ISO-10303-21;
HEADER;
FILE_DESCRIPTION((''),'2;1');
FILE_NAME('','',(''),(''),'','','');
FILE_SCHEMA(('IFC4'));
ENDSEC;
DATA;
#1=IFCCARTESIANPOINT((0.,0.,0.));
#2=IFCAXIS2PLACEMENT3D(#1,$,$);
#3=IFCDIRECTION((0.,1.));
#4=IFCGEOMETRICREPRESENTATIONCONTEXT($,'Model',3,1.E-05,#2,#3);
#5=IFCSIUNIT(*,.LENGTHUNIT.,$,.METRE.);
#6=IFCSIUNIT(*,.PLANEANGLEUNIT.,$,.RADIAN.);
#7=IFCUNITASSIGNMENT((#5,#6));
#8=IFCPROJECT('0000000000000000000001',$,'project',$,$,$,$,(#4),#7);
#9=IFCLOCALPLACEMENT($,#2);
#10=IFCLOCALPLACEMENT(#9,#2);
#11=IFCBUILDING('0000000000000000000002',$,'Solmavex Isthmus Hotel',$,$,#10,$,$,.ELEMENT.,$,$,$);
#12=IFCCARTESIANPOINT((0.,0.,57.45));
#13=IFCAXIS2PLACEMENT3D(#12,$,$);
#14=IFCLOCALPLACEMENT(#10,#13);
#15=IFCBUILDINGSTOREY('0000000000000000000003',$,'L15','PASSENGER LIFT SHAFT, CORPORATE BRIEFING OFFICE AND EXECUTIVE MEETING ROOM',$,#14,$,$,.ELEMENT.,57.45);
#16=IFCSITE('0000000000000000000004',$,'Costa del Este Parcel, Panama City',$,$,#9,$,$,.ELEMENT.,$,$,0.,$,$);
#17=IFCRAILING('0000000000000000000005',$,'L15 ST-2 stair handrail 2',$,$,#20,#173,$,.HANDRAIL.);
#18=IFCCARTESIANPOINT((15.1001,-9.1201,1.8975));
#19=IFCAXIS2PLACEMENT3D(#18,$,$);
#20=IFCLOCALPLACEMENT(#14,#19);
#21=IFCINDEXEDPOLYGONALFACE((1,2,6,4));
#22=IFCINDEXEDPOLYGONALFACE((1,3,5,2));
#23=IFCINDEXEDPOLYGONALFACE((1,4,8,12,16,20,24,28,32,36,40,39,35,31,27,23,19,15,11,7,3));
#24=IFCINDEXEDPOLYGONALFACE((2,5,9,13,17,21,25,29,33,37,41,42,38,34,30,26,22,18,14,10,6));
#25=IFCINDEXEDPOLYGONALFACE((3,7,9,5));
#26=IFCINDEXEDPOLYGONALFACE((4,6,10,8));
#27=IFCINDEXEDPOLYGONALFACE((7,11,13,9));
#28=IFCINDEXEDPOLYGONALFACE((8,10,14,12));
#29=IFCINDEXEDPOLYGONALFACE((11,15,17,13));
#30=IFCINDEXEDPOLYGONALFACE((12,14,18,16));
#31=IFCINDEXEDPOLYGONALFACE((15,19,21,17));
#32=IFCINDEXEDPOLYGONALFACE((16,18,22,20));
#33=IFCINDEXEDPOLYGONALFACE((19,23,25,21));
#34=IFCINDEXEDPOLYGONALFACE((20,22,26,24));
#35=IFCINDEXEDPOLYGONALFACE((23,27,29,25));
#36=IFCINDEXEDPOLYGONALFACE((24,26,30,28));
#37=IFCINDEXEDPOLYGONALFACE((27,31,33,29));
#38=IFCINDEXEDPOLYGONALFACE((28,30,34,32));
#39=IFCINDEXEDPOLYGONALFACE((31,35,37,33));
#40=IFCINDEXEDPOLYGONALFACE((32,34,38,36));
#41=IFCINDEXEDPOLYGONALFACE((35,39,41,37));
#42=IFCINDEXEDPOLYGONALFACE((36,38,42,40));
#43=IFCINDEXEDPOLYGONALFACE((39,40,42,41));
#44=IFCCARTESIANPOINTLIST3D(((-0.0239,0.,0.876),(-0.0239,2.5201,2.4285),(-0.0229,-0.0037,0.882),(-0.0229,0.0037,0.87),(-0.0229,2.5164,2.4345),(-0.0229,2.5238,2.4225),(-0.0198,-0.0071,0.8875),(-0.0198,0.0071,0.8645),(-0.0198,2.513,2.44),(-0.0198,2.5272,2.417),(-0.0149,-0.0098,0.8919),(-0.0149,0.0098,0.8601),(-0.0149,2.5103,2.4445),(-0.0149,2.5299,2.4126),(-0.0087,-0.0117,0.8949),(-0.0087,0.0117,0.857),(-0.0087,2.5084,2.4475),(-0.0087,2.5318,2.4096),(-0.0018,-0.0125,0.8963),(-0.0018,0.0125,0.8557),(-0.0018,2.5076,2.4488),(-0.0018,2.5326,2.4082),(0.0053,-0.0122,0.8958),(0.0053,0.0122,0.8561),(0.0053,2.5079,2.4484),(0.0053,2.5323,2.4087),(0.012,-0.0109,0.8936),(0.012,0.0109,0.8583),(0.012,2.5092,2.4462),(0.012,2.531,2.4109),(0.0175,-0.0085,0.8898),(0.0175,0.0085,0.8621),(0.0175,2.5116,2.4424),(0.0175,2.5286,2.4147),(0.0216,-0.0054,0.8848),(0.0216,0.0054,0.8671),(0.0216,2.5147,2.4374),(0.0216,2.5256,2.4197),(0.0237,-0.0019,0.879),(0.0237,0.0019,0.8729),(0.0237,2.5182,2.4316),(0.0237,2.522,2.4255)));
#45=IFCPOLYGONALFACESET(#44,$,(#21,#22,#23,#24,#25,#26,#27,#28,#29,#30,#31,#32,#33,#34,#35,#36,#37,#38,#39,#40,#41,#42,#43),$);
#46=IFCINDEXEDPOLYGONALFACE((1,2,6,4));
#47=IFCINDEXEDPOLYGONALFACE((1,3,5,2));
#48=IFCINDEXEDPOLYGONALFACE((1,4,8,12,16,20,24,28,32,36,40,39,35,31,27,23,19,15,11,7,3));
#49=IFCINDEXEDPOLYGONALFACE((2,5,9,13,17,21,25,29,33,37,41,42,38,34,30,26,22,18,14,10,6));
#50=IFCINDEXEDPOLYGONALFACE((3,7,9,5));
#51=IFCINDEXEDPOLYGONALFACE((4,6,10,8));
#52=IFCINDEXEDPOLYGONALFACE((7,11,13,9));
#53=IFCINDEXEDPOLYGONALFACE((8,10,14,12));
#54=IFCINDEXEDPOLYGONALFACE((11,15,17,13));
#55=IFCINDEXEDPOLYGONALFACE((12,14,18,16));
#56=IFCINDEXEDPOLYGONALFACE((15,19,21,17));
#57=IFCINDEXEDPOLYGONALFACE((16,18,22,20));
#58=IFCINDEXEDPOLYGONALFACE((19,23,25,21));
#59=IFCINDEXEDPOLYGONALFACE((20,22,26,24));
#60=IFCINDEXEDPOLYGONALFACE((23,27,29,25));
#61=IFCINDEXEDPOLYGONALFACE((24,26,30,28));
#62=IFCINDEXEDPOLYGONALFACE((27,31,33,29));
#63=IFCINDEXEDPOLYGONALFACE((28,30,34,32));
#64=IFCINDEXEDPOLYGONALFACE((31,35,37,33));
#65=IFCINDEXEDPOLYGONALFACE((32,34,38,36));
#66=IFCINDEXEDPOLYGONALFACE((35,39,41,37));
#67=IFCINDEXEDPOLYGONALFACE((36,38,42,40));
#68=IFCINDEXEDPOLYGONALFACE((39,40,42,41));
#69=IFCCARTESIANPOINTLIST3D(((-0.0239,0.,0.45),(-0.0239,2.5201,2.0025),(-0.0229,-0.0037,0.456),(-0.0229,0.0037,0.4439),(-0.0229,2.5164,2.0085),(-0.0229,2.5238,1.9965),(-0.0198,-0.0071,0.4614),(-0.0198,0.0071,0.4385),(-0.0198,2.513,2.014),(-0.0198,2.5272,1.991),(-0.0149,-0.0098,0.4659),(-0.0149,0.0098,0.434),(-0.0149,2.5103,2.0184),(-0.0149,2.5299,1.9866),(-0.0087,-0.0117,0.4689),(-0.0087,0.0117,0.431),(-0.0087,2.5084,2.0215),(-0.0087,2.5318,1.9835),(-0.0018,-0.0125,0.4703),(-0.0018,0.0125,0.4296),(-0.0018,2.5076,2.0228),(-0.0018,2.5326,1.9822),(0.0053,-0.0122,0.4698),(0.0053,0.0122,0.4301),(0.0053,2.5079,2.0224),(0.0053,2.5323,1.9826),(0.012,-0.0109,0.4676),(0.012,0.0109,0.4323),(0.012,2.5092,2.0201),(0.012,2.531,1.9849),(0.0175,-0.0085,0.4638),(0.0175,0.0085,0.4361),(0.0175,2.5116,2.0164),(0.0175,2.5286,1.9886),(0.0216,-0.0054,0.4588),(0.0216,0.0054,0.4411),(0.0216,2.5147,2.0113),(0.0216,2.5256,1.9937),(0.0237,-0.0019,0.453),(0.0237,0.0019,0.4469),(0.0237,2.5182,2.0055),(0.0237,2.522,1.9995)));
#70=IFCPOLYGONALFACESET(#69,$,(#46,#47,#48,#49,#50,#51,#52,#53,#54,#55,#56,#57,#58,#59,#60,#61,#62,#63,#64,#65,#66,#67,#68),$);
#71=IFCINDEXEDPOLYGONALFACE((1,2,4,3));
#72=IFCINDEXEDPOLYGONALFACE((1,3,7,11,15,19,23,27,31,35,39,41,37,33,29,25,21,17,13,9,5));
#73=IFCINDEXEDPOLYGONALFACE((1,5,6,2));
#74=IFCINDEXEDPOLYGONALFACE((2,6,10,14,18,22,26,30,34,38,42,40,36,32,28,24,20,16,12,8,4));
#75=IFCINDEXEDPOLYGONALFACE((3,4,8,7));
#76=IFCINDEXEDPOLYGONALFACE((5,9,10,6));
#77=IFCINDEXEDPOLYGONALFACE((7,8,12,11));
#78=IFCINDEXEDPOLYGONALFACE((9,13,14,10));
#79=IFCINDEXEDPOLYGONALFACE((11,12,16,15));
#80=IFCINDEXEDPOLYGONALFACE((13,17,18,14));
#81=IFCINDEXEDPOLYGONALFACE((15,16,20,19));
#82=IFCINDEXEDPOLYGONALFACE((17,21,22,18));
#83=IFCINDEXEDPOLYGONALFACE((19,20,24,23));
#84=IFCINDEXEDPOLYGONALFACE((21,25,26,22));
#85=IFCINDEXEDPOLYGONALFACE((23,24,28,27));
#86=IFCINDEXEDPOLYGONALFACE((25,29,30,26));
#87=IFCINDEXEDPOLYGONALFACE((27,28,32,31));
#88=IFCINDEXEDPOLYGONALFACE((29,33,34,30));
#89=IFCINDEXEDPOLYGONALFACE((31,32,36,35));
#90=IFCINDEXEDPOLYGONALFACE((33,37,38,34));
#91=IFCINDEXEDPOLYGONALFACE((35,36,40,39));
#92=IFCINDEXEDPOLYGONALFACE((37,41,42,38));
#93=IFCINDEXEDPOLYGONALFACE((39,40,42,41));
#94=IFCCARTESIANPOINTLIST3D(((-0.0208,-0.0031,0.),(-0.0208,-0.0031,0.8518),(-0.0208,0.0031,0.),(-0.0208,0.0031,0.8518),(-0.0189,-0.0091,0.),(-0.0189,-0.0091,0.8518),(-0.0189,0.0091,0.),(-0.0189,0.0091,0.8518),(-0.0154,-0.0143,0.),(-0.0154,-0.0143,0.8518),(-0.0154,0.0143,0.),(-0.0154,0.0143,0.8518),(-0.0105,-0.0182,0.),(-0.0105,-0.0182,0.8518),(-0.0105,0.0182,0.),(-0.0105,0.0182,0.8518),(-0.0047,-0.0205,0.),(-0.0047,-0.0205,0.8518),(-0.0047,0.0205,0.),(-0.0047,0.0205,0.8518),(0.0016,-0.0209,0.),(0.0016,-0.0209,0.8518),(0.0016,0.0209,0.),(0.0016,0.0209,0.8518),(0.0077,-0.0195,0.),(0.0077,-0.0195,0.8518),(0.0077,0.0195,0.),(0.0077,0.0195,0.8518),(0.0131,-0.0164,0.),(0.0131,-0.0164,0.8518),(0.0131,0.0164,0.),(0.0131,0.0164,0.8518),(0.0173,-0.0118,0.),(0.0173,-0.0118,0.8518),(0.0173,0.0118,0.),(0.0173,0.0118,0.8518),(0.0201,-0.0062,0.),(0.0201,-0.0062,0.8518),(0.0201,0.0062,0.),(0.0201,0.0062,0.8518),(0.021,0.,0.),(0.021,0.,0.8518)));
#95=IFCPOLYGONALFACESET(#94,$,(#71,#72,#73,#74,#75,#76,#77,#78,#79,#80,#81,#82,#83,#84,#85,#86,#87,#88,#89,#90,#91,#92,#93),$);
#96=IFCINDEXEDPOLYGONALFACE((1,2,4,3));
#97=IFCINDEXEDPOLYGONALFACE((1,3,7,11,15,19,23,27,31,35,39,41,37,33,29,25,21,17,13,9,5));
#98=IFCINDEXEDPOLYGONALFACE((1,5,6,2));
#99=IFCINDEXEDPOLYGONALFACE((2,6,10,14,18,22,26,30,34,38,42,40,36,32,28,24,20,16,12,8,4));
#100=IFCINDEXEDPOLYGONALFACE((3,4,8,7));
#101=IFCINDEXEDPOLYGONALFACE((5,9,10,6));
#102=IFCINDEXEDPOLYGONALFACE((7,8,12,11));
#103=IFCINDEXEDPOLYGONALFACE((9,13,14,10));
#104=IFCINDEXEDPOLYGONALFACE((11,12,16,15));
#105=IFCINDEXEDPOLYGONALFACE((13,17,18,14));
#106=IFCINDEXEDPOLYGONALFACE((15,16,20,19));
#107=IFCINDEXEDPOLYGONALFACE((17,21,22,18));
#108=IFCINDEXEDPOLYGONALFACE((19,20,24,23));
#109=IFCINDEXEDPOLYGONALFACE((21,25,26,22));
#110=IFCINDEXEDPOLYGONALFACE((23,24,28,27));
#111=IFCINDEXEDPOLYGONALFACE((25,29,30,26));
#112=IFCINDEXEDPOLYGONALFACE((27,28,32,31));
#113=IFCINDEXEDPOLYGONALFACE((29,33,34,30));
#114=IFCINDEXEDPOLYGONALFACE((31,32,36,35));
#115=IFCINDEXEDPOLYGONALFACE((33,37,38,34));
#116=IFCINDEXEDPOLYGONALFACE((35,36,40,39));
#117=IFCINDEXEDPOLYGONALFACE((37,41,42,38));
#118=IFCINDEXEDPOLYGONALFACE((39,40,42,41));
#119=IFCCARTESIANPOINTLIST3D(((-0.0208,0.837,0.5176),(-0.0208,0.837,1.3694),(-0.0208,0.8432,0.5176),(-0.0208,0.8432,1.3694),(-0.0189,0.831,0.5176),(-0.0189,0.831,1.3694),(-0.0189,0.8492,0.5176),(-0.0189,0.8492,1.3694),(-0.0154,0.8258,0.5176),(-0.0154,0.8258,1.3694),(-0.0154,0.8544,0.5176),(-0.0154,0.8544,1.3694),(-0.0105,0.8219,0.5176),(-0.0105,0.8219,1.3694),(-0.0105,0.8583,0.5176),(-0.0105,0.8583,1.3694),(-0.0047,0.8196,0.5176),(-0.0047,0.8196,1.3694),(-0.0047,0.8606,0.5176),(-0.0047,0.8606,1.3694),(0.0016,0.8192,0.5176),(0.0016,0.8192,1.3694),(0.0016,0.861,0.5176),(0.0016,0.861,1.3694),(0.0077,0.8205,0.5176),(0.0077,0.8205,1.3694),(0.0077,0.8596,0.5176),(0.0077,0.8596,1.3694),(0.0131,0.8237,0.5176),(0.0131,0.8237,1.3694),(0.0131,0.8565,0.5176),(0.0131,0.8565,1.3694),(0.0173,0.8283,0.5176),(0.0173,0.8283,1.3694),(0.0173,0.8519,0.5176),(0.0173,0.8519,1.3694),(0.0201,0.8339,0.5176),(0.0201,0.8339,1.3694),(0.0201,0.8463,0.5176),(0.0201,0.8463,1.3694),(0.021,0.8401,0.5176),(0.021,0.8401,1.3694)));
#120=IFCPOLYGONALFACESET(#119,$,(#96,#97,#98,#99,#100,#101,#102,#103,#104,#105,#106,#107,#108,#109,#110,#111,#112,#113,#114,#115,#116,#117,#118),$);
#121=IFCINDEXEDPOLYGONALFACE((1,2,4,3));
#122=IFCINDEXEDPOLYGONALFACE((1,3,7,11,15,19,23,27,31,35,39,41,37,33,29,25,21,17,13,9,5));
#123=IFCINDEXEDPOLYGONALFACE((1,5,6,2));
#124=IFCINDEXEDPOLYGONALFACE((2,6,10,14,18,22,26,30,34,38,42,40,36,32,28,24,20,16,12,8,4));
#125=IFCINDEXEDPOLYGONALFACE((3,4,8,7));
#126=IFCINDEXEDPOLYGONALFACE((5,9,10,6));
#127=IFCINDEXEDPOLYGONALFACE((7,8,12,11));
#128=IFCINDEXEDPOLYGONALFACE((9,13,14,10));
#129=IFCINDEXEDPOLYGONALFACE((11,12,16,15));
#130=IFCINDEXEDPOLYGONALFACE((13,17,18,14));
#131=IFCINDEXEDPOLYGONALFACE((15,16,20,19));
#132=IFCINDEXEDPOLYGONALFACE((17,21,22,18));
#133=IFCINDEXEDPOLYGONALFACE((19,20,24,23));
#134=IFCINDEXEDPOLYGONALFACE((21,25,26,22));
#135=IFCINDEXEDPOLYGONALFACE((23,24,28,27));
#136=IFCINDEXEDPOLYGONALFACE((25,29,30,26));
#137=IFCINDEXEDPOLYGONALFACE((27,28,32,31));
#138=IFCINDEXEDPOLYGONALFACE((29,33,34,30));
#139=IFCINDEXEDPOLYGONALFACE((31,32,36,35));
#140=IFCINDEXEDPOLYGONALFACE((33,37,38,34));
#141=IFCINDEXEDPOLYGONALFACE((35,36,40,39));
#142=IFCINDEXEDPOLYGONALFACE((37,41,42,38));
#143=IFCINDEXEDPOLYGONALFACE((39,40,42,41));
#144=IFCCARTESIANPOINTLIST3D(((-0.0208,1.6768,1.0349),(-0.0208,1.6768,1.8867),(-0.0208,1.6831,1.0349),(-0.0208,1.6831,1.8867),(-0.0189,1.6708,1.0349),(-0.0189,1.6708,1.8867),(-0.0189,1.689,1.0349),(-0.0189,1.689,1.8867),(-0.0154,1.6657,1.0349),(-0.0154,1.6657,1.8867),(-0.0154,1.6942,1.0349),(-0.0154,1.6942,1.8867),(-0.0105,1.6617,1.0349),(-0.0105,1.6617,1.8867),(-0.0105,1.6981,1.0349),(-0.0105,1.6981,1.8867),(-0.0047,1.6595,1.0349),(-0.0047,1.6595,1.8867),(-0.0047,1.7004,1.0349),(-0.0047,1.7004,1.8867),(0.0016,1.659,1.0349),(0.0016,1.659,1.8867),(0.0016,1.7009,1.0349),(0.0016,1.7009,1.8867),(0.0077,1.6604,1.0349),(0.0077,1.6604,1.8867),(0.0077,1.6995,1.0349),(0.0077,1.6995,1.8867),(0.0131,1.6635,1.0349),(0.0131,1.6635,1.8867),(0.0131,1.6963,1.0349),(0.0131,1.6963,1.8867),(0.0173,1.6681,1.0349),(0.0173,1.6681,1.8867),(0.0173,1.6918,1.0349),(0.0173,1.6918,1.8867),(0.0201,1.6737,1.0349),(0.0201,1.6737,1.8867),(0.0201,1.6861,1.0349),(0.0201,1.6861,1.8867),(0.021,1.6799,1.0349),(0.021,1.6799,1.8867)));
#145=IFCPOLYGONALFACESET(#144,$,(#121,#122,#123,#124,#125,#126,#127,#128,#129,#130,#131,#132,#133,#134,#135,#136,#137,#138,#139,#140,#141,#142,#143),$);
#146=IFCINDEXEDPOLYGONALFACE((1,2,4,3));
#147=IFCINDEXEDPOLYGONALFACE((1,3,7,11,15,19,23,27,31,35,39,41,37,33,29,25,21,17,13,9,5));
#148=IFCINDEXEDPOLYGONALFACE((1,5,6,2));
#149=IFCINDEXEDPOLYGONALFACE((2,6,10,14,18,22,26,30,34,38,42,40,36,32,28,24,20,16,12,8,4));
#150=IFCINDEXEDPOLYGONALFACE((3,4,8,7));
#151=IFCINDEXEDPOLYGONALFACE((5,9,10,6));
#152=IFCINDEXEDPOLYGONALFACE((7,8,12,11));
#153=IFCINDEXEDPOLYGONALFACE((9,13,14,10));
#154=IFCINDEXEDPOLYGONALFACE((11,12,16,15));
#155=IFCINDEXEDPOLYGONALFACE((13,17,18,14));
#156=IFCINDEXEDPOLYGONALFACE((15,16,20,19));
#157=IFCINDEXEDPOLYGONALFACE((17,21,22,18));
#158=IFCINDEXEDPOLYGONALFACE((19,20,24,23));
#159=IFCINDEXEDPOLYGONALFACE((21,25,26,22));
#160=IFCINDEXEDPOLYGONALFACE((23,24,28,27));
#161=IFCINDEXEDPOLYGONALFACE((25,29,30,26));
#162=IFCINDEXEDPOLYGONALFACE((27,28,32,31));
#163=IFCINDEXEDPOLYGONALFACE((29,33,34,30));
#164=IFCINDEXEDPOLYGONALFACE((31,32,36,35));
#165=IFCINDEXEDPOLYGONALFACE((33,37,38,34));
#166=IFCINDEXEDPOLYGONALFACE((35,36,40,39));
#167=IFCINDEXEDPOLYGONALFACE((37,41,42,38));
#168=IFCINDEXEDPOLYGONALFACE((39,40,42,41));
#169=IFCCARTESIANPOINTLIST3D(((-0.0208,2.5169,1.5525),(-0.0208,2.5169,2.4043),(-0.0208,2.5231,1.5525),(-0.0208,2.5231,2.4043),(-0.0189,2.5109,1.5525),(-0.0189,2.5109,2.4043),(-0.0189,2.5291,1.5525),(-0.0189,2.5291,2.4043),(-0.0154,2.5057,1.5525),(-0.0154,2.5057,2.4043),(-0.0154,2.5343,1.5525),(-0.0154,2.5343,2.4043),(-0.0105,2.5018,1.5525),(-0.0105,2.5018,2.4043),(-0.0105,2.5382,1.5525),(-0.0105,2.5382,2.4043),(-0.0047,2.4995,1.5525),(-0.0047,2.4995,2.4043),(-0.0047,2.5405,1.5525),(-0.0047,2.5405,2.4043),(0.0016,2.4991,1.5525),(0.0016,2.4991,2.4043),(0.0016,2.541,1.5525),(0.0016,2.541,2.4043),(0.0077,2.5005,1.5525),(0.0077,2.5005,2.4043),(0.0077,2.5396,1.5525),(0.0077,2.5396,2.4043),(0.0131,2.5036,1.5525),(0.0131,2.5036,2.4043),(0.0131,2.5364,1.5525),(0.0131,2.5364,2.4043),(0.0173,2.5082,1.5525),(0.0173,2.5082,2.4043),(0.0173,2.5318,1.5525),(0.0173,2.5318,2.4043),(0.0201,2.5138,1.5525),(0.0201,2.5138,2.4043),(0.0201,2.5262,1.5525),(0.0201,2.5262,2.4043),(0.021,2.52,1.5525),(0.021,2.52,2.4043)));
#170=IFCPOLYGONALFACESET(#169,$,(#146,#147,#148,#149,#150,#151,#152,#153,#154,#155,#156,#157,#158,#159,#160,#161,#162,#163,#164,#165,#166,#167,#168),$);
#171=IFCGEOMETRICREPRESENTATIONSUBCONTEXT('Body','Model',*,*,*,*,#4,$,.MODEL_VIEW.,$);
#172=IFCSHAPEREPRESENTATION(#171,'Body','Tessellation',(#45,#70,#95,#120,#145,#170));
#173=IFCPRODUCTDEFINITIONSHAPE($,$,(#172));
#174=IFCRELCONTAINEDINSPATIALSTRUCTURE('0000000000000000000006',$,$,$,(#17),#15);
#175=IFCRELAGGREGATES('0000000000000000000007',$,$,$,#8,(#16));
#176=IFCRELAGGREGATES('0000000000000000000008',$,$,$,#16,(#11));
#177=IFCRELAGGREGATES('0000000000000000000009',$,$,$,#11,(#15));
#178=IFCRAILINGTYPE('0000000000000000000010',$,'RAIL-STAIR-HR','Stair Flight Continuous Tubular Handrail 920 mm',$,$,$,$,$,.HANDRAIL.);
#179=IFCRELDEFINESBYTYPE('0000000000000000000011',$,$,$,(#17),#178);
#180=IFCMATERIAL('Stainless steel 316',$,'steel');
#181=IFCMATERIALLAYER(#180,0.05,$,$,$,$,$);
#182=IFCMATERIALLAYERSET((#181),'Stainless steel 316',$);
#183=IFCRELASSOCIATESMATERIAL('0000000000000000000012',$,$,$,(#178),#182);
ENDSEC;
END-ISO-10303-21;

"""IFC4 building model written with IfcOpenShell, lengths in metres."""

from ifc_helpers import new_model, si_unit, direction, frame, origin, origin_2d, place, context, subcontext, project, spatial, circle, extrude, material, layer, layer_set, type_object, element, save


model = new_model("IFC4")

# Units and contexts
model_context = context("Model", 3, precision=1e-05, world=origin(), true_north=direction((0.0, 1.0)))
body_context = subcontext(model_context, "Body", "Model", "MODEL_VIEW")
ifc_project = project(units=[si_unit("LENGTHUNIT", "METRE"), si_unit("PLANEANGLEUNIT", "RADIAN")], contexts=[model_context])

# Site, building, storey
site_placement = place(None, origin())
site = spatial("IfcSite", under=ifc_project, at=site_placement, Name="Costa del Este Parcel, Panama City", CompositionType="ELEMENT", RefElevation=0.0)
building_placement = place(site_placement, origin())
building = spatial("IfcBuilding", under=site, at=building_placement, Name="Solmavex Isthmus Hotel", CompositionType="ELEMENT")
storey_placement = place(building_placement, frame((0.0, 0.0, 57.45)))
storey = spatial("IfcBuildingStorey", under=building, at=storey_placement, Name="L15", Description="PASSENGER LIFT SHAFT, CORPORATE BRIEFING OFFICE AND EXECUTIVE MEETING ROOM", CompositionType="ELEMENT", Elevation=57.45)

# Railing
ifc_material_1 = material(Name="Stainless steel 316", Category="steel")
ifc_layer_1 = layer(ifc_material_1, 0.05)
ifc_layer_set_1 = layer_set([ifc_layer_1], Name="Stainless steel 316")
railing_type_1 = type_object("IfcRailingType", Name="RAIL-STAIR-HR", Description="Stair Flight Continuous Tubular Handrail 920 mm", PredefinedType="HANDRAIL", material=ifc_layer_set_1)
railing_1_placement = place(storey_placement, frame((15.1001, -9.1201, 1.8975)))
element("IfcRailing", 1, at=railing_1_placement, inside=storey, type_object=railing_type_1, Name="L15 ST-2 stair handrail 2", PredefinedType="HANDRAIL", context=body_context, shape_type="SweptSolid", body=[
    extrude(circle(Radius=0.0239, at=origin_2d()), frame((0.0, 0.0, 0.876), z_axis=(0.0, 0.8514, 0.524516), x_axis=(-1.0, 0.0, 0.0)), (0.0, 0.0, 1.0), 2.96),
    extrude(circle(Radius=0.0239, at=origin_2d()), frame((0.0, 0.0, 0.45), z_axis=(0.0, 0.8514, 0.524516), x_axis=(-1.0, 0.0, 0.0)), (0.0, 0.0, 1.0), 2.96),
    extrude(circle(Radius=0.021, at=origin_2d()), origin(), (0.0, 0.0, 1.0), 0.8518),
    extrude(circle(Radius=0.021, at=origin_2d()), frame((0.0, 0.8401, 0.5176)), (0.0, 0.0, 1.0), 0.8518),
    extrude(circle(Radius=0.021, at=origin_2d()), frame((0.0, 1.6799, 1.0349)), (0.0, 0.0, 1.0), 0.8518),
    extrude(circle(Radius=0.021, at=origin_2d()), frame((0.0, 2.52, 1.5525)), (0.0, 0.0, 1.0), 0.8518),
])

save(model, "model.ifc")
